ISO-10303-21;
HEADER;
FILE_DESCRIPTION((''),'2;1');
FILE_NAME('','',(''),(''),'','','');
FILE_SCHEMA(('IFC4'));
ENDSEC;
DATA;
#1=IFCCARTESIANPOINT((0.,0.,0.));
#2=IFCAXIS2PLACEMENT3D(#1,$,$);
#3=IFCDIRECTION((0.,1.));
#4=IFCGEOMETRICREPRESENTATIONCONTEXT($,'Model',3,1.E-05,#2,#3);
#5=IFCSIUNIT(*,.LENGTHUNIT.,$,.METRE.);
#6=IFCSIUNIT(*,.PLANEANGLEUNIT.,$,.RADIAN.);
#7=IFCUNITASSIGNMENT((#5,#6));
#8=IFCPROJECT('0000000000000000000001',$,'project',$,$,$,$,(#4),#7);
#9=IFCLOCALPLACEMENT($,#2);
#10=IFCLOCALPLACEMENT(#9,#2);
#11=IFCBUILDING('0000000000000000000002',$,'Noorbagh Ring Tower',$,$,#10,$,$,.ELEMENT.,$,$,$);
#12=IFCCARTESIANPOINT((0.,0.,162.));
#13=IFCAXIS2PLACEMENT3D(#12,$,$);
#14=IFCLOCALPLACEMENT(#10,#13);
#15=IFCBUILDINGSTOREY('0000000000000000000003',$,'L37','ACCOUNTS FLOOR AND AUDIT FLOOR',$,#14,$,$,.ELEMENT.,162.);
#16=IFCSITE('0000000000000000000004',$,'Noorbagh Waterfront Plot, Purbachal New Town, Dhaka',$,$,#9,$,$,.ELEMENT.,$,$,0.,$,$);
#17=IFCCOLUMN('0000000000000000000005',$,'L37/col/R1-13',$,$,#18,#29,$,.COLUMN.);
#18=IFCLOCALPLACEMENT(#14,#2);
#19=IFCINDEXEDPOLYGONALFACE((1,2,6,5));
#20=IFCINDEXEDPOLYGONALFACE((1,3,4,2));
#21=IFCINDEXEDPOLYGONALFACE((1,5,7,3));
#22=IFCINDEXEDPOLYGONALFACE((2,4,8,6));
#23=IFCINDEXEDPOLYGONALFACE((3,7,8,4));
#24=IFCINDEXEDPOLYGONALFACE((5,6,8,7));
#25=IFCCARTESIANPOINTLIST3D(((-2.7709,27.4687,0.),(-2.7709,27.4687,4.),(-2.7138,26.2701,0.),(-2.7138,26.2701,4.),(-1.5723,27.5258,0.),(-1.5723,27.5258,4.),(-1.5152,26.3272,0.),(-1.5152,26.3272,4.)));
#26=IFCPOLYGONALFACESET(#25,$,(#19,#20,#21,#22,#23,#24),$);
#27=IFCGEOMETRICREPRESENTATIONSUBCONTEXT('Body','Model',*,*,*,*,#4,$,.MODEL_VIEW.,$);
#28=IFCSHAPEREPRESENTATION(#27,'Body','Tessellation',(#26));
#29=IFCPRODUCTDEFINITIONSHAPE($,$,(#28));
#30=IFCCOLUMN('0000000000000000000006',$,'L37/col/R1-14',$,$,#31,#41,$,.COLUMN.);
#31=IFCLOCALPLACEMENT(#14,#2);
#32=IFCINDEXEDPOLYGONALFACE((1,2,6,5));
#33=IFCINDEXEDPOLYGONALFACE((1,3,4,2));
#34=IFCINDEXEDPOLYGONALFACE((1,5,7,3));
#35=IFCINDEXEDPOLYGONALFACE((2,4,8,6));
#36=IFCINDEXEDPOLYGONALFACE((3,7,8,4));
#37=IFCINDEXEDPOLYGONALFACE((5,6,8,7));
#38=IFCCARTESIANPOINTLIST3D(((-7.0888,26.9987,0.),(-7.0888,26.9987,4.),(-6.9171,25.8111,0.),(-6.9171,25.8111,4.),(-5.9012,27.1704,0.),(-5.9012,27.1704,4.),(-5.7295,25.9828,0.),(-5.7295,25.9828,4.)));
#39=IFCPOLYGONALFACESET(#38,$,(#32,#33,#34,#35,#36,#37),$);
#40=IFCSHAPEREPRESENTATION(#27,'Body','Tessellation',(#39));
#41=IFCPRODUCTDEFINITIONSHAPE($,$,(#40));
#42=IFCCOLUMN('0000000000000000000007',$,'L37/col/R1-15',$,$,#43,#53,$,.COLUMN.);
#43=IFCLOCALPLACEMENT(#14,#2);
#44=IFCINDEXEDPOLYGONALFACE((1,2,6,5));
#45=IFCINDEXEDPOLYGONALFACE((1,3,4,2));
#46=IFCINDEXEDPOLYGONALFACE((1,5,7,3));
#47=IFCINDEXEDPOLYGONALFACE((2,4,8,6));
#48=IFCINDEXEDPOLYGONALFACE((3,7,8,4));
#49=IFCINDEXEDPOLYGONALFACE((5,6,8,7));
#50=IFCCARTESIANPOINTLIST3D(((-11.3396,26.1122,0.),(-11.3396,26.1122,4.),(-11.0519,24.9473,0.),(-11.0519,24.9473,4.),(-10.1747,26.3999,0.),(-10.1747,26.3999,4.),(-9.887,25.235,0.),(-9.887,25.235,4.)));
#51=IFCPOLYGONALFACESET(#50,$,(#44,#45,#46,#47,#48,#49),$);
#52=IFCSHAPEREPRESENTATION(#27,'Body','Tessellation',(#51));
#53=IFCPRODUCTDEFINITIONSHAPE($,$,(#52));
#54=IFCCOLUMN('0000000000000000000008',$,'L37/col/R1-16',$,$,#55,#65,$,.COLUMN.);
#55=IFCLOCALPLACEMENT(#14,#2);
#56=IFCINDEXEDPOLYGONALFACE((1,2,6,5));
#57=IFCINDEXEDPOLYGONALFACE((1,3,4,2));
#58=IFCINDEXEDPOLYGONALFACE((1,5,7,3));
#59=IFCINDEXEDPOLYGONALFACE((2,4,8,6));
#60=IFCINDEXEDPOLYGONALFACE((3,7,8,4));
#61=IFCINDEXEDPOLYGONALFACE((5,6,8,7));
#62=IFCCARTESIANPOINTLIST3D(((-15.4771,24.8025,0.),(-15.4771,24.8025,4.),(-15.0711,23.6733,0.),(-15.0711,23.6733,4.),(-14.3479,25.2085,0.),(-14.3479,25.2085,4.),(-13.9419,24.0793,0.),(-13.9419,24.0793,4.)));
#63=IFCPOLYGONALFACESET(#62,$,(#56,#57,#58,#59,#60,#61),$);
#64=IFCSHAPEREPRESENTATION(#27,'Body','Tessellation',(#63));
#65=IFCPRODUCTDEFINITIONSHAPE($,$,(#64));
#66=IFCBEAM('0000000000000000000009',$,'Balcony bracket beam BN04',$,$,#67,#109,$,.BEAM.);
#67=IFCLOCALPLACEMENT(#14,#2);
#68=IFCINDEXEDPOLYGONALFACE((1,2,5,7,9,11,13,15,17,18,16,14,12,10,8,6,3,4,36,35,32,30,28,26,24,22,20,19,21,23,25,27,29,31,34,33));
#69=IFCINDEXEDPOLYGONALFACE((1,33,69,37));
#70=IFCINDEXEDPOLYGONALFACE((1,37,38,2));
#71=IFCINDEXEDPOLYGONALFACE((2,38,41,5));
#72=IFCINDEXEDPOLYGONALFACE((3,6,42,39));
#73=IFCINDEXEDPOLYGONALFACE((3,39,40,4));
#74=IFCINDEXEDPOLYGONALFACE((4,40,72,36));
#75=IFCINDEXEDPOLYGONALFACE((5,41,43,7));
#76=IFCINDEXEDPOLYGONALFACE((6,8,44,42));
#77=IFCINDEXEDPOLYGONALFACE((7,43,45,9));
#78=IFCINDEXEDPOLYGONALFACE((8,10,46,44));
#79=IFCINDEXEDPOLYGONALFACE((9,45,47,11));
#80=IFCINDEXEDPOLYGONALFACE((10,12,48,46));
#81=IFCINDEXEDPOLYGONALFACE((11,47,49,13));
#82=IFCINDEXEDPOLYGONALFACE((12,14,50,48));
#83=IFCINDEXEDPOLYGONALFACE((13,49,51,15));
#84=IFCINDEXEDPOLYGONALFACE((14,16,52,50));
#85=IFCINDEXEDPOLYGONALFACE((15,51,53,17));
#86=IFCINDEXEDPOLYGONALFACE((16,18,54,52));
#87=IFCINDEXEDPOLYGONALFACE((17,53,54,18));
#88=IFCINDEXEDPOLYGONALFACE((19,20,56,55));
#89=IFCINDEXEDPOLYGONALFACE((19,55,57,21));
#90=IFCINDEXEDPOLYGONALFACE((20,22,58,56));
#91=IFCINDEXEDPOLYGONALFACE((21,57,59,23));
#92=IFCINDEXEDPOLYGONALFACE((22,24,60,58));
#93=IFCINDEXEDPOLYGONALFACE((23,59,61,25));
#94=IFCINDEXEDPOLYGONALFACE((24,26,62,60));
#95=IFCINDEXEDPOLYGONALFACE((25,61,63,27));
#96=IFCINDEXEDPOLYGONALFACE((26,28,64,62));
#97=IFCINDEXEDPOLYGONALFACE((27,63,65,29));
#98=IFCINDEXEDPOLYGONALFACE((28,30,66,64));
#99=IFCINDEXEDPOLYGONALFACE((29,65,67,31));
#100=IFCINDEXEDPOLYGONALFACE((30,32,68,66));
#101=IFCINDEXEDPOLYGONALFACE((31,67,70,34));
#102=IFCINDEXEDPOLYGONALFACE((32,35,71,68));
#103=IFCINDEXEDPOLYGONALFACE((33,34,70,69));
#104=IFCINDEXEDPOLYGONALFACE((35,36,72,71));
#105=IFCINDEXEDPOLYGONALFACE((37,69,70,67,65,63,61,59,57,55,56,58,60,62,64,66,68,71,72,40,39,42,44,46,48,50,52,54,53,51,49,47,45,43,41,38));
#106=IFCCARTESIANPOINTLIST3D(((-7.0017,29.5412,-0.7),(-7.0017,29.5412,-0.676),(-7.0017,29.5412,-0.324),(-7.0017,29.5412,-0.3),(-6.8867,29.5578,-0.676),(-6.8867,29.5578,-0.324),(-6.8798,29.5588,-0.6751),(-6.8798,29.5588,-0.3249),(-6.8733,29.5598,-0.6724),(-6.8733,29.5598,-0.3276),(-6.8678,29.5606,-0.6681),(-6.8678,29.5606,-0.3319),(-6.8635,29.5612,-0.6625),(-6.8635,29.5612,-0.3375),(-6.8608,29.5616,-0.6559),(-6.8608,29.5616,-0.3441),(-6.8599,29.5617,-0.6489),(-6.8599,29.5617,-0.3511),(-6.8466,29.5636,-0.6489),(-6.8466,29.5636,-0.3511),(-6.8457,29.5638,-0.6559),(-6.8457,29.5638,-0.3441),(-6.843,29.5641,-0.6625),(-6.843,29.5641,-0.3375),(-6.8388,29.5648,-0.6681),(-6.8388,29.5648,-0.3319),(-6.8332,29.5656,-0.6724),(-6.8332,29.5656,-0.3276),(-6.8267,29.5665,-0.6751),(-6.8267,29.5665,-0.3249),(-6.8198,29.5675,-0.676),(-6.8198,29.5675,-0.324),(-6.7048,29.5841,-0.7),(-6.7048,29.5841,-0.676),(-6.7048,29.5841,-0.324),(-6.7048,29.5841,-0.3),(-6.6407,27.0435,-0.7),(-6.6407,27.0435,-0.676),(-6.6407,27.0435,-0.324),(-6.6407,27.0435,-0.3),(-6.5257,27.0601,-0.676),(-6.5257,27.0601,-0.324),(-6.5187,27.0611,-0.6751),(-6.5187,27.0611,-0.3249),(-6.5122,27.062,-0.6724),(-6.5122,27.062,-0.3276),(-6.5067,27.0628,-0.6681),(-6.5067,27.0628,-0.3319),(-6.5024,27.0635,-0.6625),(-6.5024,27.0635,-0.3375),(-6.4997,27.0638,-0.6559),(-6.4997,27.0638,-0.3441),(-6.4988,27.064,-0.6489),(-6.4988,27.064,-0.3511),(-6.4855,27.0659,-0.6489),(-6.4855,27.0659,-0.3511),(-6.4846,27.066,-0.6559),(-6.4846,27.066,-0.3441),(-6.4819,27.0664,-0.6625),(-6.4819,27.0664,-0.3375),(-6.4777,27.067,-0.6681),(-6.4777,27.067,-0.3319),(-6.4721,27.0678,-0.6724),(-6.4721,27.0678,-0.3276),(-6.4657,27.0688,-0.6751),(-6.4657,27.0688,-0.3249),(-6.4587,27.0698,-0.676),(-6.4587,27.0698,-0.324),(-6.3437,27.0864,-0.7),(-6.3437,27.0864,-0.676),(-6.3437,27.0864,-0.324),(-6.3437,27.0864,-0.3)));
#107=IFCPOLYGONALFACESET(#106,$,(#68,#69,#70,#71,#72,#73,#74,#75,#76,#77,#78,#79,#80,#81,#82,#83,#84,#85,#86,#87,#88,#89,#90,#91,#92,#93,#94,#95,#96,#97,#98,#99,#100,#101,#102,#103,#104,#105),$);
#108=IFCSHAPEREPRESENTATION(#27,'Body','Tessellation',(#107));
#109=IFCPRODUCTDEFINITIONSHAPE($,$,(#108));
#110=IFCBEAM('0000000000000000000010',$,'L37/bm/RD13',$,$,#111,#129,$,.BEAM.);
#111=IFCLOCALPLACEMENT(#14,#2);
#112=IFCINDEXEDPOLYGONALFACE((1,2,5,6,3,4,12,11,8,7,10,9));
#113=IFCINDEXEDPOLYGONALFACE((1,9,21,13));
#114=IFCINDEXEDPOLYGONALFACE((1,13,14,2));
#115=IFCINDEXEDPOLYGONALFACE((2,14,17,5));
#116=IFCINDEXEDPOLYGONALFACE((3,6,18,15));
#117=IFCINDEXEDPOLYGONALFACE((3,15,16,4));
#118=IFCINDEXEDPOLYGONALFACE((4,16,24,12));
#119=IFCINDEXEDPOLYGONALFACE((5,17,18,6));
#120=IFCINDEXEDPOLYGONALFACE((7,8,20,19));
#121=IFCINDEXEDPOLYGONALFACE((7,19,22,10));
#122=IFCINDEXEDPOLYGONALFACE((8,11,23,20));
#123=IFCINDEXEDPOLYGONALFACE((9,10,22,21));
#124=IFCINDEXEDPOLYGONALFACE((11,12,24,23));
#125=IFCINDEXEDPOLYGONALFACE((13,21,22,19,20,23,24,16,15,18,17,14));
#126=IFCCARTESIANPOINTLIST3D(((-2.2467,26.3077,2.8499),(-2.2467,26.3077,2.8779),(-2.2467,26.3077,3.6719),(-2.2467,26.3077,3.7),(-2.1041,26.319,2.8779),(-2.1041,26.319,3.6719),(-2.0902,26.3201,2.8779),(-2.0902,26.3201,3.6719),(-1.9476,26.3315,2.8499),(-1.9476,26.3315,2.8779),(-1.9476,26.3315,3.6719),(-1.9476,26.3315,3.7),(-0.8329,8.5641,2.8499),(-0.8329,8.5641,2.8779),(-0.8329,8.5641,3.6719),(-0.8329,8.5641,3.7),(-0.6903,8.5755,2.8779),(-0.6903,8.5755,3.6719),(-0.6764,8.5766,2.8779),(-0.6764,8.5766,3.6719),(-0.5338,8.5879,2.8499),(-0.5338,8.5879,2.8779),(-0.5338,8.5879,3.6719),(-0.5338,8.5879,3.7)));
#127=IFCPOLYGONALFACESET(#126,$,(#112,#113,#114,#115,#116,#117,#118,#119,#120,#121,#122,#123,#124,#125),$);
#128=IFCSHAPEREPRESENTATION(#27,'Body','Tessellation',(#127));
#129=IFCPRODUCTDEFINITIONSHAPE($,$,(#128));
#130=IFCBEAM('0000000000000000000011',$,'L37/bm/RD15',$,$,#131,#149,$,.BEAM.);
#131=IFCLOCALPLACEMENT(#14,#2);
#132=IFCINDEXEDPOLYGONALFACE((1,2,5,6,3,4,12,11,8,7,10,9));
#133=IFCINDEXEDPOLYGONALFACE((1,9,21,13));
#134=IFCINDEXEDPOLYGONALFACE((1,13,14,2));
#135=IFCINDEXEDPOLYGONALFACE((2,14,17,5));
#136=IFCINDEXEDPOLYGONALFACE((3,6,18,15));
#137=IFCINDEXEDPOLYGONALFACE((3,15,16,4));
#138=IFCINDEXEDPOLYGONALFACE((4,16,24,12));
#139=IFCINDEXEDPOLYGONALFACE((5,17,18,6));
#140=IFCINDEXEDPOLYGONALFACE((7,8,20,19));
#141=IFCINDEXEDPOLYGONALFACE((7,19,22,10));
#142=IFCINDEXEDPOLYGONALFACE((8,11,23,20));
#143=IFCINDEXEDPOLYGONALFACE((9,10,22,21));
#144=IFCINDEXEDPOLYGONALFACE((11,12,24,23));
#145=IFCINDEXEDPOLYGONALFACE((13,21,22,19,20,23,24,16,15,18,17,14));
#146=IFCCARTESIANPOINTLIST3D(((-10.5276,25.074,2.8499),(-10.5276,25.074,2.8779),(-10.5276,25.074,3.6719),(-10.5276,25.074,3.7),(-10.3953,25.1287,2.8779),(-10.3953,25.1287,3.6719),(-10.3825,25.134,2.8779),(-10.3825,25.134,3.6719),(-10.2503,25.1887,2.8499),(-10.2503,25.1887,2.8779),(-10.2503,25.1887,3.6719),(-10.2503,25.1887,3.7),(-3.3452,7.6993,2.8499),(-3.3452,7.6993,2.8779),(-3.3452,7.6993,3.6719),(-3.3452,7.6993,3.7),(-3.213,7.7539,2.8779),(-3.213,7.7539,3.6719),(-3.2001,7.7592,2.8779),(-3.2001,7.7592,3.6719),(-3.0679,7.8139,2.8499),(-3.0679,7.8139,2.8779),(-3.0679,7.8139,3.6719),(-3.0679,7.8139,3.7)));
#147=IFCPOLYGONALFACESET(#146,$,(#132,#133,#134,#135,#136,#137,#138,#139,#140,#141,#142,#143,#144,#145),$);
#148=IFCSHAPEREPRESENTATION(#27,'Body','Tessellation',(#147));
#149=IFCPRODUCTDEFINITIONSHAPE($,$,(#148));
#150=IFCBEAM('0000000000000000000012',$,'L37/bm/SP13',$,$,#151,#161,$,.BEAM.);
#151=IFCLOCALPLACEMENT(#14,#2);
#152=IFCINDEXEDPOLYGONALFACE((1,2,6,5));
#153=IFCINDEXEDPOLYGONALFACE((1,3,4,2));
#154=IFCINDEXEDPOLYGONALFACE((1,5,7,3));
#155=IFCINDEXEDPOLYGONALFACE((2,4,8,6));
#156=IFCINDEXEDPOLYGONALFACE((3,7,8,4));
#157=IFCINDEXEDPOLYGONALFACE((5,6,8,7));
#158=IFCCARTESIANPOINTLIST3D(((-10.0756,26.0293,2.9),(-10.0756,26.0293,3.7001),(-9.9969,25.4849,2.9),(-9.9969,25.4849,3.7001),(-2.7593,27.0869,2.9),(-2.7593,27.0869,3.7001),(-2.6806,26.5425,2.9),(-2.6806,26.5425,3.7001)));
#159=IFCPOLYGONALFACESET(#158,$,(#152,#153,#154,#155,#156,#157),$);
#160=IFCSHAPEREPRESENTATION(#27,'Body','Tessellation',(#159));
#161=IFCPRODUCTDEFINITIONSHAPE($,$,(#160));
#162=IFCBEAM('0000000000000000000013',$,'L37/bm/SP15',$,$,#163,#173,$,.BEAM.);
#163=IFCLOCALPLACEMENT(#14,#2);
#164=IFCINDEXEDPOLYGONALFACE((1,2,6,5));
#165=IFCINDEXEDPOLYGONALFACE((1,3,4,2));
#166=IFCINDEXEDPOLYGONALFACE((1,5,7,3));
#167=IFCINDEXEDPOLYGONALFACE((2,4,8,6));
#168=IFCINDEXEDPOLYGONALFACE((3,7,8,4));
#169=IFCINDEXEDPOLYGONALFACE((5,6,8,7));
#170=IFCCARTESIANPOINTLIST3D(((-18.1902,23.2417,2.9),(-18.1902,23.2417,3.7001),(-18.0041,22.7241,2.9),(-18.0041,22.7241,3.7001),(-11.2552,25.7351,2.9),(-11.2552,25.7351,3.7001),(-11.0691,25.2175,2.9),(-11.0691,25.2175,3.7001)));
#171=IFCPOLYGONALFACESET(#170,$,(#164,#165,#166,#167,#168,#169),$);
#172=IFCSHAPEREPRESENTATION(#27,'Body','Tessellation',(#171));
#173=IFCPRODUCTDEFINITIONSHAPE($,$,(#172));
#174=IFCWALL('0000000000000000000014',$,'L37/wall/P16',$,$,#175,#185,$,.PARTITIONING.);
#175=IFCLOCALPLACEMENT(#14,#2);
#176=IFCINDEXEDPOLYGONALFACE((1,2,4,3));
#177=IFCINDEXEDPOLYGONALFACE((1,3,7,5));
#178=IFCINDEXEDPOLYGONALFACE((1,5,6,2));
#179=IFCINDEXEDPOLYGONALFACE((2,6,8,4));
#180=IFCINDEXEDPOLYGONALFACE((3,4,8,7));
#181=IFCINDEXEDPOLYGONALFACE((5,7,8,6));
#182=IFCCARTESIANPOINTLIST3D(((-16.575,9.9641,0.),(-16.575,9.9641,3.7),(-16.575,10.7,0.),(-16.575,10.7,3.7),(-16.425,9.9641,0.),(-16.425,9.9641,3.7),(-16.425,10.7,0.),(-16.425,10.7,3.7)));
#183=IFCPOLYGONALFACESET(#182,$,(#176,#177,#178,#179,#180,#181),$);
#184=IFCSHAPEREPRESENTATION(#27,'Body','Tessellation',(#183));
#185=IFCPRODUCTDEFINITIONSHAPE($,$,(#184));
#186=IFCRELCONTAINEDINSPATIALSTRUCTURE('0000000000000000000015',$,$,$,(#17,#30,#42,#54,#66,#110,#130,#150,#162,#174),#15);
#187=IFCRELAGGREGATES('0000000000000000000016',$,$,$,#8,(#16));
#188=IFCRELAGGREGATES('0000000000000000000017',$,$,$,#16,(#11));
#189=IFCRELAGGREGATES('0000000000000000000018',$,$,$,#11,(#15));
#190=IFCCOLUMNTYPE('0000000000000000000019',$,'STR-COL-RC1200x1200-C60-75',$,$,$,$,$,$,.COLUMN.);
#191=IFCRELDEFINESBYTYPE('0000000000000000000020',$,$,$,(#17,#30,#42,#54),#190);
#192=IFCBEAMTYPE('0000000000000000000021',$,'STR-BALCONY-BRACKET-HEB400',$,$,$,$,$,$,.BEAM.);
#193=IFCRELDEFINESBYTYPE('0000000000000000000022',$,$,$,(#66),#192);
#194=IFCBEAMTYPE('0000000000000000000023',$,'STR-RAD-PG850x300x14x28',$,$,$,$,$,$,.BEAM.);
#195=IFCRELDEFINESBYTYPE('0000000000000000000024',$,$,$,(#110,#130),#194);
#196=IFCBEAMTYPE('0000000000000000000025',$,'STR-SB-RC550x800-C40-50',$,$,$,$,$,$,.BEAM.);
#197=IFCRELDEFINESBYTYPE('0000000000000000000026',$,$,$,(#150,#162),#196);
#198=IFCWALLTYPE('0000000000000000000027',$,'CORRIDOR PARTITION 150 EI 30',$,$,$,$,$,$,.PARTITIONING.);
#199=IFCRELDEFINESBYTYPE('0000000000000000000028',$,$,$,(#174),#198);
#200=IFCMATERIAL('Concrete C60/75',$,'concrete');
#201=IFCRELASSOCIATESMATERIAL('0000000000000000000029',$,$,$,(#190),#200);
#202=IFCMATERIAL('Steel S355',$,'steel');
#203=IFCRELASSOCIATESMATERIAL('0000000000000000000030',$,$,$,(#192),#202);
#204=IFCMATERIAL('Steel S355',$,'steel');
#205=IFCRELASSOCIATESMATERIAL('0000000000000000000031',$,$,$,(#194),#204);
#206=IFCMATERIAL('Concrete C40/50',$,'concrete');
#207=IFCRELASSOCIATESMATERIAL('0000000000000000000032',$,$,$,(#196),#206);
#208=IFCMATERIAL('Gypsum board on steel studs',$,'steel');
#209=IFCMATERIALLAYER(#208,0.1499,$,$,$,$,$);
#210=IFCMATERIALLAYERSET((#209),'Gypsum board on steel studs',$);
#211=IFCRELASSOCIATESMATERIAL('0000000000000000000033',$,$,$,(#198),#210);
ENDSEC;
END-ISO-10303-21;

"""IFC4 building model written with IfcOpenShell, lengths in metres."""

from ifc_helpers import new_model, si_unit, direction, frame, frame_2d, origin, origin_2d, place, context, subcontext, project, spatial, rectangle, i_section, extrude, material, layer, layer_set, material_profile, profile_set, type_object, element, save


model = new_model("IFC4")

# Units and contexts
model_context = context("Model", 3, precision=1e-05, world=origin(), true_north=direction((0.0, 1.0)))
body_context = subcontext(model_context, "Body", "Model", "MODEL_VIEW")
ifc_project = project(units=[si_unit("LENGTHUNIT", "METRE"), si_unit("PLANEANGLEUNIT", "RADIAN")], contexts=[model_context])

# Site, building, storey
site_placement = place(None, origin())
site = spatial("IfcSite", under=ifc_project, at=site_placement, Name="Noorbagh Waterfront Plot, Purbachal New Town, Dhaka", CompositionType="ELEMENT", RefElevation=0.0)
building_placement = place(site_placement, origin())
building = spatial("IfcBuilding", under=site, at=building_placement, Name="Noorbagh Ring Tower", CompositionType="ELEMENT")
storey_placement = place(building_placement, frame((0.0, 0.0, 162.0)))
storey = spatial("IfcBuildingStorey", under=building, at=storey_placement, Name="L37", Description="ACCOUNTS FLOOR AND AUDIT FLOOR", CompositionType="ELEMENT", Elevation=162.0)

# Columns
ifc_material_1 = material(Name="Concrete C60/75", Category="concrete")
ifc_material_profile_1 = material_profile(ifc_material_1, rectangle(XDim=1.2, YDim=1.2, at=origin_2d()), Name="RC1200x1200")
ifc_profile_set_1 = profile_set([ifc_material_profile_1], Name="Concrete C60/75")
column_type = type_object("IfcColumnType", Name="STR-COL-RC1200x1200-C60-75", PredefinedType="COLUMN", material=ifc_profile_set_1)
for number, where, z_axis, x_axis, name in (
    (1, (-2.1431, 26.8979, 0.0), (0.0, 0.0, 1.0), (-0.998869, -0.047553, 0.0), "L37/col/R1-13"),
    (2, (-6.4092, 26.4907, 0.0), (0.0, 0.0, 1.0), (-0.989713, -0.143066, 0.0), "L37/col/R1-14"),
    (3, (-10.6133, 25.6736, 0.0), (0.0, 0.0, 1.0), (-0.970829, -0.239771, 0.0), "L37/col/R1-15"),
    (4, (-14.7095, 24.4409, 0.0), (0.0, 0.0, 1.0), (-0.941025, -0.338338, 0.0), "L37/col/R1-16"),
):
    element("IfcColumn", number, at=place(storey_placement, frame(where, z_axis=z_axis, x_axis=x_axis)), inside=storey, type_object=column_type, Name=name, PredefinedType="COLUMN", context=body_context, shape_type="SweptSolid", body=[
        extrude(rectangle(XDim=1.2, YDim=1.2, at=origin_2d()), origin(), (0.0, 0.0, 1.0), 4.0),
    ])

# Beams
ifc_material_2 = material(Name="Steel S355", Category="steel")
ifc_material_profile_2 = material_profile(ifc_material_2, i_section(OverallWidth=0.3, OverallDepth=0.3999, WebThickness=0.0134, FlangeThickness=0.0239, FilletRadius=0.0271, at=origin_2d()), Name="HEB400")
ifc_profile_set_2 = profile_set([ifc_material_profile_2], Name="Steel S355")
beam_type_1 = type_object("IfcBeamType", Name="STR-BALCONY-BRACKET-HEB400", PredefinedType="BEAM", material=ifc_profile_set_2)
beam_1_placement = place(storey_placement, frame((-6.4922, 27.0649, -0.5), z_axis=(-0.143073, 0.989712, 0.0), x_axis=(-0.989712, -0.143073, 0.0)))
element("IfcBeam", 5, at=beam_1_placement, inside=storey, type_object=beam_type_1, Name="Balcony bracket beam BN04", PredefinedType="BEAM", context=body_context, shape_type="SweptSolid", body=[
    extrude(i_section(OverallWidth=0.3, OverallDepth=0.3999, WebThickness=0.0134, FlangeThickness=0.0239, FilletRadius=0.0271, at=origin_2d()), origin(), (0.0, 0.0, 1.0), 2.5237),
])
ifc_material_3 = material(Name="Steel S355", Category="steel")
ifc_material_profile_3 = material_profile(ifc_material_3, i_section(OverallWidth=0.3, OverallDepth=0.8501, WebThickness=0.0139, FlangeThickness=0.0281, at=origin_2d()), Name="PG850x300x14x28")
ifc_profile_set_3 = profile_set([ifc_material_profile_3], Name="Steel S355")
beam_type_2 = type_object("IfcBeamType", Name="STR-RAD-PG850x300x14x28", PredefinedType="BEAM", material=ifc_profile_set_3)
beam_2_placement = place(storey_placement, frame((-2.0972, 26.3196, 3.2749), z_axis=(0.079428, -0.996841, 0.0), x_axis=(0.996841, 0.079428, 0.0)))
element("IfcBeam", 6, at=beam_2_placement, inside=storey, type_object=beam_type_2, Name="L37/bm/RD13", PredefinedType="BEAM", context=body_context, shape_type="SweptSolid", body=[
    extrude(i_section(OverallWidth=0.3, OverallDepth=0.8501, WebThickness=0.0139, FlangeThickness=0.0281, at=origin_2d()), origin(), (0.0, 0.0, 1.0), 17.7998),
])
beam_3_placement = place(storey_placement, frame((-10.3889, 25.1313, 3.2749), z_axis=(0.382026, -0.924152, 0.0), x_axis=(0.924152, 0.382026, 0.0)))
element("IfcBeam", 7, at=beam_3_placement, inside=storey, type_object=beam_type_2, Name="L37/bm/RD15", PredefinedType="BEAM", context=body_context, shape_type="SweptSolid", body=[
    extrude(i_section(OverallWidth=0.3, OverallDepth=0.8501, WebThickness=0.0139, FlangeThickness=0.0281, at=origin_2d()), origin(), (0.0, 0.0, 1.0), 18.8008),
])
ifc_material_4 = material(Name="Concrete C40/50", Category="concrete")
ifc_material_profile_4 = material_profile(ifc_material_4, rectangle(XDim=0.55, YDim=0.8, at=origin_2d()), Name="RC550x800")
ifc_profile_set_4 = profile_set([ifc_material_profile_4], Name="Concrete C40/50")
beam_type_3 = type_object("IfcBeamType", Name="STR-SB-RC550x800-C40-50", PredefinedType="BEAM", material=ifc_profile_set_4)
beam_4_placement = place(storey_placement, frame((-2.72, 26.8147, 3.3), z_axis=(-0.989713, -0.143067, 0.0), x_axis=(0.143067, -0.989713, 0.0)))
element("IfcBeam", 8, at=beam_4_placement, inside=storey, type_object=beam_type_3, Name="L37/bm/SP13", PredefinedType="BEAM", context=body_context, shape_type="SweptSolid", body=[
    extrude(rectangle(XDim=0.55, YDim=0.8, at=origin_2d()), origin(), (0.0, 0.0, 1.0), 7.3923),
])
beam_5_placement = place(storey_placement, frame((-11.1621, 25.4763, 3.3), z_axis=(-0.941026, -0.338333, 0.0), x_axis=(0.338333, -0.941026, 0.0)))
element("IfcBeam", 9, at=beam_5_placement, inside=storey, type_object=beam_type_3, Name="L37/bm/SP15", PredefinedType="BEAM", context=body_context, shape_type="SweptSolid", body=[
    extrude(rectangle(XDim=0.55, YDim=0.8, at=origin_2d()), origin(), (0.0, 0.0, 1.0), 7.3696),
])

# Wall
ifc_material_5 = material(Name="Gypsum board on steel studs", Category="steel")
ifc_layer_1 = layer(ifc_material_5, 0.1499)
ifc_layer_set_1 = layer_set([ifc_layer_1], Name="Gypsum board on steel studs")
wall_type_1 = type_object("IfcWallType", Name="CORRIDOR PARTITION 150 EI 30", PredefinedType="PARTITIONING", material=ifc_layer_set_1)
wall_1_placement = place(storey_placement, frame((-16.5, 9.9641, 0.0), z_axis=(0.0, 0.0, 1.0), x_axis=(0.0, 1.0, 0.0)))
element("IfcWall", 10, at=wall_1_placement, inside=storey, type_object=wall_type_1, Name="L37/wall/P16", PredefinedType="PARTITIONING", context=body_context, shape_type="SweptSolid", body=[
    extrude(rectangle(XDim=0.7358, YDim=0.1499, at=frame_2d((0.3679, 0.0))), origin(), (0.0, 0.0, 1.0), 3.7),
])

save(model, "model.ifc")
